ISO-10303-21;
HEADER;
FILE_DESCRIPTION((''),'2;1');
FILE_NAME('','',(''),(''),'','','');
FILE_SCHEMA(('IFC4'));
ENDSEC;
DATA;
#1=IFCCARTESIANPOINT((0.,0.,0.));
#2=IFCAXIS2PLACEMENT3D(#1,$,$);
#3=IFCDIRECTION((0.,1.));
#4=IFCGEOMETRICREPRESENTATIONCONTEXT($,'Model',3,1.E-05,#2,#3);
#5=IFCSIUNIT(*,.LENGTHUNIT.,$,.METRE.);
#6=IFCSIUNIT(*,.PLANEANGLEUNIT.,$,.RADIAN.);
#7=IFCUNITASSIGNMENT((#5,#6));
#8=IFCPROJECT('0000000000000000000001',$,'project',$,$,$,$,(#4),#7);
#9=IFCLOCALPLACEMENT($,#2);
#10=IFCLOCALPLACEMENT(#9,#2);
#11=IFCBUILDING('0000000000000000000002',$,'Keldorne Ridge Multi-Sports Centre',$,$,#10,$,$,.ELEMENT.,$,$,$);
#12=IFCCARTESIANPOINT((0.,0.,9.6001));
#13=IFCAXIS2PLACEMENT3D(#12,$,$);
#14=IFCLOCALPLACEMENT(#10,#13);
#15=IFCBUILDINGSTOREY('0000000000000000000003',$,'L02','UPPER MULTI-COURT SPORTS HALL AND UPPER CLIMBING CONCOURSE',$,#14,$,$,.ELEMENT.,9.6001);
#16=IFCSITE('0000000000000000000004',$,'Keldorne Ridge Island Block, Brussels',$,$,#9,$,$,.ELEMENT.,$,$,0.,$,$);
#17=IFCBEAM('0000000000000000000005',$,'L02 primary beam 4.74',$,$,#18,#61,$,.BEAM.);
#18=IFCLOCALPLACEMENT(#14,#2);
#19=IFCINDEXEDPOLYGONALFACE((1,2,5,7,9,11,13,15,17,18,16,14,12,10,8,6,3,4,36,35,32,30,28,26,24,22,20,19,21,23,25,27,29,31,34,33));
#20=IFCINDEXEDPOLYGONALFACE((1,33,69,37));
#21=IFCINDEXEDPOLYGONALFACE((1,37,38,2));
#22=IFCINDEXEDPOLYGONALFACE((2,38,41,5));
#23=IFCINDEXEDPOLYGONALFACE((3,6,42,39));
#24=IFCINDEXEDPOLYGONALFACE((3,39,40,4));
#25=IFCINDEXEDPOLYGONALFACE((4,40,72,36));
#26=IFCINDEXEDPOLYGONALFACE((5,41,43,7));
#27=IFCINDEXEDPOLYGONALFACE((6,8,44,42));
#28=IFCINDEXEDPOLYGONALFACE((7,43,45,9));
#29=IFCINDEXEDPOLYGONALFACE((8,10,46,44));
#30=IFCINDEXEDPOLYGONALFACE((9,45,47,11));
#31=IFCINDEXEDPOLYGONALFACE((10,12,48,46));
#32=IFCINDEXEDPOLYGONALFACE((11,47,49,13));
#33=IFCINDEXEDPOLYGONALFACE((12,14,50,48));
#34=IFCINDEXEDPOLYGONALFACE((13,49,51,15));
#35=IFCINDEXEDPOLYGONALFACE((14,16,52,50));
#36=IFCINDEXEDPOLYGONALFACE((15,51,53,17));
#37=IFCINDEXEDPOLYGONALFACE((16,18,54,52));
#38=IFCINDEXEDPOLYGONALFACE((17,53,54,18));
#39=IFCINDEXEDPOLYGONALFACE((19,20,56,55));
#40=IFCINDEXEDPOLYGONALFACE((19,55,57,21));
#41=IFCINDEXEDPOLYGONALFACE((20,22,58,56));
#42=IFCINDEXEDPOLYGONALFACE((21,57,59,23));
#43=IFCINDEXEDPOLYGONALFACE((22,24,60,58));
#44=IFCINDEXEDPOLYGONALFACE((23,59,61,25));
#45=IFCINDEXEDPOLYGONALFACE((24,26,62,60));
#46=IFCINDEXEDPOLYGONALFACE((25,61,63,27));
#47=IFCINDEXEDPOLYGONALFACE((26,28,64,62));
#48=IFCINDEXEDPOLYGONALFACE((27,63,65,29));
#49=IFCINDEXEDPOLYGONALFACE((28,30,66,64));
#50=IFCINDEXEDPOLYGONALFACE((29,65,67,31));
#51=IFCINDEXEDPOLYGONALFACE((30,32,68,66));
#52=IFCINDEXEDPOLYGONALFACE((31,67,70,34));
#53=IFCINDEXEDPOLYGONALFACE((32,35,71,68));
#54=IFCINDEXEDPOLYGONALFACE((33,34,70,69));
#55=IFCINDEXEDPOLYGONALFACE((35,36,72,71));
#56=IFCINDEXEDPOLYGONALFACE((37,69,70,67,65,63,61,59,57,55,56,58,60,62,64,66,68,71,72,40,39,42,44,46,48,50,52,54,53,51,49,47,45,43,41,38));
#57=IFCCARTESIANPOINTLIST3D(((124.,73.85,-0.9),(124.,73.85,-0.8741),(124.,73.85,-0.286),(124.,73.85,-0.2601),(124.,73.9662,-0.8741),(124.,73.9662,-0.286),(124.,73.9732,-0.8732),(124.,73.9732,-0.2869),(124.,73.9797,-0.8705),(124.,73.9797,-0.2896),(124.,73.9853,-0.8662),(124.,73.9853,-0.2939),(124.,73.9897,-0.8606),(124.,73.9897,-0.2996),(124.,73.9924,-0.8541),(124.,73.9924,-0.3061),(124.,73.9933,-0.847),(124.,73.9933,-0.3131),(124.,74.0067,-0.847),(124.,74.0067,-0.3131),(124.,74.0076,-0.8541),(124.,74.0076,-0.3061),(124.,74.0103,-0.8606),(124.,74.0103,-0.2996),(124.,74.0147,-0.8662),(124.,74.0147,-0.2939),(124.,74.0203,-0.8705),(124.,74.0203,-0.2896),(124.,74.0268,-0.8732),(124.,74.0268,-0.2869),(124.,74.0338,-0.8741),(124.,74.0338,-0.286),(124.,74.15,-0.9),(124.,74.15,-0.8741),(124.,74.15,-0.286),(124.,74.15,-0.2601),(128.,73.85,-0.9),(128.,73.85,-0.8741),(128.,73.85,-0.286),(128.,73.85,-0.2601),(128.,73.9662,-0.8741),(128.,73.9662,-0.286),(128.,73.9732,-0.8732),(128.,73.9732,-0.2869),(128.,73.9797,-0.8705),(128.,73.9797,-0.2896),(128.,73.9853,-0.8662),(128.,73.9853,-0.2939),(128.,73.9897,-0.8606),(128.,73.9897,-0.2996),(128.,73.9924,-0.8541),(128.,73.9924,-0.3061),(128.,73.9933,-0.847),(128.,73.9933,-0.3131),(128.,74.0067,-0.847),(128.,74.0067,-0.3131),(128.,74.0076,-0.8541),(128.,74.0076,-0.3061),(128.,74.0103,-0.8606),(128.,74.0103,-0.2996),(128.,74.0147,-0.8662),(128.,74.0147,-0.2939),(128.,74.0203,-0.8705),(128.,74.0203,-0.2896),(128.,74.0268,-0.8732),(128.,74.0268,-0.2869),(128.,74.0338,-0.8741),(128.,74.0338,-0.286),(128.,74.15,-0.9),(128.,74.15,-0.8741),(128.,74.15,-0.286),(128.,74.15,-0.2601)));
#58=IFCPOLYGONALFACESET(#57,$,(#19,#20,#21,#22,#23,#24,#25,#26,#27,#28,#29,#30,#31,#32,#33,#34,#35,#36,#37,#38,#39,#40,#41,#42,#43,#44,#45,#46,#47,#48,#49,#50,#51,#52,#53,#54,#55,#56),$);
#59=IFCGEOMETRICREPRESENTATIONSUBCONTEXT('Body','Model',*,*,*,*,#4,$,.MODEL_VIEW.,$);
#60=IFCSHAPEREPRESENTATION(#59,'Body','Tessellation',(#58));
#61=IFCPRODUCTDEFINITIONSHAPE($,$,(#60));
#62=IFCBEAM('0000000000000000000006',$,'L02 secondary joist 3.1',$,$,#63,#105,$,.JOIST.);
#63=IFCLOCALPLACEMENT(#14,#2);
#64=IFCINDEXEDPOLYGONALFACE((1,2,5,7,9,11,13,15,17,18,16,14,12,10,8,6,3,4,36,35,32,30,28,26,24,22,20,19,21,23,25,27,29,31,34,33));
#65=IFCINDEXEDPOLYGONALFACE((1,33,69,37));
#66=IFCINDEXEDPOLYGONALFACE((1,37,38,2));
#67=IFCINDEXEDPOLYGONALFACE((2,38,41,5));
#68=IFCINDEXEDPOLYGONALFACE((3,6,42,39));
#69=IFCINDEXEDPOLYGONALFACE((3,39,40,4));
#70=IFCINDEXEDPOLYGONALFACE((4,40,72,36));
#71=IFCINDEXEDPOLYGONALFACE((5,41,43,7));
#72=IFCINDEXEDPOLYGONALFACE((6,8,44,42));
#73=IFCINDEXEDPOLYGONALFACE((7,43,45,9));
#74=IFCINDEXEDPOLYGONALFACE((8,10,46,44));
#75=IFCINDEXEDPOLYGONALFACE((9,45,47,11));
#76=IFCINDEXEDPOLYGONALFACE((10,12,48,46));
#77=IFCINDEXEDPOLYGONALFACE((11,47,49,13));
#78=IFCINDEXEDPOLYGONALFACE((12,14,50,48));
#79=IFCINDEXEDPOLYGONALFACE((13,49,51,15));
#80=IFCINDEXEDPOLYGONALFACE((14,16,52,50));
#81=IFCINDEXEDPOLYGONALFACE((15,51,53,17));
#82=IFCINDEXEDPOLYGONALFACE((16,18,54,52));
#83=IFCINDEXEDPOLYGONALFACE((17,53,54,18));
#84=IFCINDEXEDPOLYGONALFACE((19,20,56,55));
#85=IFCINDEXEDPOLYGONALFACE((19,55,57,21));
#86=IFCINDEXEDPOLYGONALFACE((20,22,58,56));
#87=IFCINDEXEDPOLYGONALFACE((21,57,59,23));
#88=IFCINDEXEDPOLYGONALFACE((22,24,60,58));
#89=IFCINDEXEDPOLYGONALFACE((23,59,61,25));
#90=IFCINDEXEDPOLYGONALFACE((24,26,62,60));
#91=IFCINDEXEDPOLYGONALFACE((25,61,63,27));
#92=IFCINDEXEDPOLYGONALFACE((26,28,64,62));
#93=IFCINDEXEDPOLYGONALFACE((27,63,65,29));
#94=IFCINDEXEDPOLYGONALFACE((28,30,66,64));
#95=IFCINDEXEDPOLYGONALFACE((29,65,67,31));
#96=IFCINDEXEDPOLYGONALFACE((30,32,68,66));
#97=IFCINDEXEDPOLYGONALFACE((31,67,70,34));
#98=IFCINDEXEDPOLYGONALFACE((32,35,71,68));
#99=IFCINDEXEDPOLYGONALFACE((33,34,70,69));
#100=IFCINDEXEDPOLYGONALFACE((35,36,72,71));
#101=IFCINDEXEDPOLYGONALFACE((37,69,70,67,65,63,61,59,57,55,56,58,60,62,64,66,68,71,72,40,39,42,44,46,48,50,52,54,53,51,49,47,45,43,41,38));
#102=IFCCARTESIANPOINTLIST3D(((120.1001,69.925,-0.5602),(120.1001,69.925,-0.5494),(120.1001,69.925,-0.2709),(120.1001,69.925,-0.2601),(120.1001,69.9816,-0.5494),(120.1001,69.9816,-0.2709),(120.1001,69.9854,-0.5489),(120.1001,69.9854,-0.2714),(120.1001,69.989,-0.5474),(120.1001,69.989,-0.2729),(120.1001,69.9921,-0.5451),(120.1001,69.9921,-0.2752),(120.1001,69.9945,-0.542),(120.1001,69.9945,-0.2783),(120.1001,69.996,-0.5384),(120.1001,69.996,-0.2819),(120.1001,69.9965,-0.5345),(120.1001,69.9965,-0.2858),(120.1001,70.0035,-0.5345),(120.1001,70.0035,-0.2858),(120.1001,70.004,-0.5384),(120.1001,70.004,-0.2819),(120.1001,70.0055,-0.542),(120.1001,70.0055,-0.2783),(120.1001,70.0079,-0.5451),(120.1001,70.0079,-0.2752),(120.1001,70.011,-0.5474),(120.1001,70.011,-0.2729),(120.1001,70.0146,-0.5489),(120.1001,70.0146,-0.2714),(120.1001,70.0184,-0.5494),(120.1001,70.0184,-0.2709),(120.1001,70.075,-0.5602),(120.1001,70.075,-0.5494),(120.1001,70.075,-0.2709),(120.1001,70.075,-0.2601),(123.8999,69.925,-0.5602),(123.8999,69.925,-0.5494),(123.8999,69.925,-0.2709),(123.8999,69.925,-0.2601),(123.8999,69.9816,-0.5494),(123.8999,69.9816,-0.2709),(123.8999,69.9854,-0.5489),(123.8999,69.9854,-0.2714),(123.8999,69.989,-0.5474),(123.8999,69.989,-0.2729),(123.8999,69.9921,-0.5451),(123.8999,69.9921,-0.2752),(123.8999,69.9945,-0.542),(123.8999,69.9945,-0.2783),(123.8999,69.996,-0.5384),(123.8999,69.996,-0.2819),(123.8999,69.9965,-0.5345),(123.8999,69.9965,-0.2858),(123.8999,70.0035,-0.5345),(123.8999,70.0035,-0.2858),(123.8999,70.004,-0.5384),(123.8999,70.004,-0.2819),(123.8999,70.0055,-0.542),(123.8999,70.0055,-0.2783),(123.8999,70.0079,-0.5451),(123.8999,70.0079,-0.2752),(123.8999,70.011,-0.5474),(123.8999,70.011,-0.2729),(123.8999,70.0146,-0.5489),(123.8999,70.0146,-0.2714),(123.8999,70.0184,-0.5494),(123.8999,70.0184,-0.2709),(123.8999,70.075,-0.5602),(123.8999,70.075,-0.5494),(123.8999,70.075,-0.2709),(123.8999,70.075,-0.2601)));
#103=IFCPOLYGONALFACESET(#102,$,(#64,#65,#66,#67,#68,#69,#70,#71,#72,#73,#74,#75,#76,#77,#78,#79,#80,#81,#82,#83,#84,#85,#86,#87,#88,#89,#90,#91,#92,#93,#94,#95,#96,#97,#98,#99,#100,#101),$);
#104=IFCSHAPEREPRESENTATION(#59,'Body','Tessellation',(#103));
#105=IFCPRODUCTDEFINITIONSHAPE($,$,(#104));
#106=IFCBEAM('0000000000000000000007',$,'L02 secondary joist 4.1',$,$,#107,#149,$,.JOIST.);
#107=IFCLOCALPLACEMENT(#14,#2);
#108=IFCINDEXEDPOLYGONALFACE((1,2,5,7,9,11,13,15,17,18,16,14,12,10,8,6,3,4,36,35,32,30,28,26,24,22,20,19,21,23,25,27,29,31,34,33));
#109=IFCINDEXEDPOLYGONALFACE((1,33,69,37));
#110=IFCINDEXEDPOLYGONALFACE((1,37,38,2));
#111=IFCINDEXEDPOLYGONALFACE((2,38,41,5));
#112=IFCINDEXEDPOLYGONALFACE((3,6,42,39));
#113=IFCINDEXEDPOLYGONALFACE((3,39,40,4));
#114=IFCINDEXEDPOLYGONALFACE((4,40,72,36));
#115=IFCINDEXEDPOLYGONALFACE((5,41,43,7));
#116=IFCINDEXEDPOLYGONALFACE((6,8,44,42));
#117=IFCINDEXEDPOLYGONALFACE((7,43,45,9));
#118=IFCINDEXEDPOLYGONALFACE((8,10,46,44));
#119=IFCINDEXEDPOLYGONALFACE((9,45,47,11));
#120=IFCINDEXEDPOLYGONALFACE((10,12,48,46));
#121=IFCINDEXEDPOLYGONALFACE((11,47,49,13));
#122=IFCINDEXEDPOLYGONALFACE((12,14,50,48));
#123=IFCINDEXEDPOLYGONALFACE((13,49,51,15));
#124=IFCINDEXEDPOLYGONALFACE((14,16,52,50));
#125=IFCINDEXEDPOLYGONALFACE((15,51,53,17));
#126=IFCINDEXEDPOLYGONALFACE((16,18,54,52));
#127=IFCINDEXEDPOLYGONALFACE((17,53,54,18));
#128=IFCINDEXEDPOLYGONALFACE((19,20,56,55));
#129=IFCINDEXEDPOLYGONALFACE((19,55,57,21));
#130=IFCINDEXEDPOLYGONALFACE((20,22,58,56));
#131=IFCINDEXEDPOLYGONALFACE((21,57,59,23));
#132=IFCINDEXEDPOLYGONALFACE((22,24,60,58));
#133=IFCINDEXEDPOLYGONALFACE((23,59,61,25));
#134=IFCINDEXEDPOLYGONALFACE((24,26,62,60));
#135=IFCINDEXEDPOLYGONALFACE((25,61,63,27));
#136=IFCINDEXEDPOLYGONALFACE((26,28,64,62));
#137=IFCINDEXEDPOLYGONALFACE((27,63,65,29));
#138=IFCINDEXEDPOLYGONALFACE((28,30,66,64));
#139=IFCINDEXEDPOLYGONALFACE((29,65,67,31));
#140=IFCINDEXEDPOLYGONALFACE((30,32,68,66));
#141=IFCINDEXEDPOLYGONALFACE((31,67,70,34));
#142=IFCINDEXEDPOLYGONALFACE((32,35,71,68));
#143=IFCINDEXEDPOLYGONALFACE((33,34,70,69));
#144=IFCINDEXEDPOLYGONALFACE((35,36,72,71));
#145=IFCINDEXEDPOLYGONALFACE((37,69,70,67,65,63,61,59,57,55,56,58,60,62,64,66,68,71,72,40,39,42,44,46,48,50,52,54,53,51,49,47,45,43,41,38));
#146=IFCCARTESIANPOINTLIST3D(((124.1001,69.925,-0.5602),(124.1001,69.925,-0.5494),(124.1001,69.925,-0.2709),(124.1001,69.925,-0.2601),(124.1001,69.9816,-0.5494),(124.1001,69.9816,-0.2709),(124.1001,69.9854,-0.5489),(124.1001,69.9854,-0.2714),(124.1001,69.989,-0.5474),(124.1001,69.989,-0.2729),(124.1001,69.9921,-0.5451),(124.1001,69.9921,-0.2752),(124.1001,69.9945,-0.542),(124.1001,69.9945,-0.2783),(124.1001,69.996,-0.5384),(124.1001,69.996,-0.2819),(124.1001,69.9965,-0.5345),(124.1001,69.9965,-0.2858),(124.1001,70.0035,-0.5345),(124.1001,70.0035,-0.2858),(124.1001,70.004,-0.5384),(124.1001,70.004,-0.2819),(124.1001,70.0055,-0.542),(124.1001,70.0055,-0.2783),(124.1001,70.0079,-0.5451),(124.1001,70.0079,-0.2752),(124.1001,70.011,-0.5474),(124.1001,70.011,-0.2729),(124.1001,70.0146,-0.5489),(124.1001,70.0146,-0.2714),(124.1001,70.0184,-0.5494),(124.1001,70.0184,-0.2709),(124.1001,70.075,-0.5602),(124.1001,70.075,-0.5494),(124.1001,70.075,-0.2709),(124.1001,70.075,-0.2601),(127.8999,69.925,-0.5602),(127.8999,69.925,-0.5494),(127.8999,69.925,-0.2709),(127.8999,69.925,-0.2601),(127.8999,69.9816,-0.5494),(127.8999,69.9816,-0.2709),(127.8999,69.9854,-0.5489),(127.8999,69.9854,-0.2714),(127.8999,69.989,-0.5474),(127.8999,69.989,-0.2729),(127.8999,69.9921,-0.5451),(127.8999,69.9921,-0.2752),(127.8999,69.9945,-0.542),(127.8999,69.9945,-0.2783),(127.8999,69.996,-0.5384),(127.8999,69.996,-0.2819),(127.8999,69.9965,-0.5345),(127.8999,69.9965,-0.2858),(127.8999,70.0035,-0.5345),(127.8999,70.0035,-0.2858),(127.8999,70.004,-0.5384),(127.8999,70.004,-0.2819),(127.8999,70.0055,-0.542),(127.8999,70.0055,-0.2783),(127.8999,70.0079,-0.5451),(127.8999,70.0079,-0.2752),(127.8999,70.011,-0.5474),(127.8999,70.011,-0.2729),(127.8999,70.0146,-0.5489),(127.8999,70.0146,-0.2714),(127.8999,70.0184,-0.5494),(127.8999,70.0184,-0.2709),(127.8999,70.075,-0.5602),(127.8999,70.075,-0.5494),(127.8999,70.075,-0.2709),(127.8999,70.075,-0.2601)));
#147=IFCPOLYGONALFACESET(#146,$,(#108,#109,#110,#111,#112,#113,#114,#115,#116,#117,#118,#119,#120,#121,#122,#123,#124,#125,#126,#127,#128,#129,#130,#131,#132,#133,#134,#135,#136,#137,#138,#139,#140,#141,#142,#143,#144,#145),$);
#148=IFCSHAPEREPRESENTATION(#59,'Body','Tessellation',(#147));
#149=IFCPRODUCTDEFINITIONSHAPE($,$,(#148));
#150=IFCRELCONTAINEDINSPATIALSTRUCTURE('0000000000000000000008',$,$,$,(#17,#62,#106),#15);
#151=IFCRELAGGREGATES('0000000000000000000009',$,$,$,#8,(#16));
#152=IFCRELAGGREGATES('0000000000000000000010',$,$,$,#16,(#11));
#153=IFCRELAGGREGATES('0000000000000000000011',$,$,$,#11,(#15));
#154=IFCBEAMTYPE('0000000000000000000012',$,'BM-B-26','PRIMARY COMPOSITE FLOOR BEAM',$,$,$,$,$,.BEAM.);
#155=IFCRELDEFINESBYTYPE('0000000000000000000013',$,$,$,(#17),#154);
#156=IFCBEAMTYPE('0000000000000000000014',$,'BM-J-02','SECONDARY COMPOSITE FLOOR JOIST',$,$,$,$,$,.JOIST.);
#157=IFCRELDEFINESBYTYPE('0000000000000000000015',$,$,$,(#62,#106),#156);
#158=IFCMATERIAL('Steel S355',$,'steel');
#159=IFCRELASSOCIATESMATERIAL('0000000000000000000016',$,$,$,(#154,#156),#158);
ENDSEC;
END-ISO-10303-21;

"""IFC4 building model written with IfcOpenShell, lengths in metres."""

from ifc_helpers import new_model, si_unit, direction, frame, origin, origin_2d, place, context, subcontext, project, spatial, i_section, extrude, material, material_profile, profile_set, type_object, element, save


model = new_model("IFC4")

# Units and contexts
model_context = context("Model", 3, precision=1e-05, world=origin(), true_north=direction((0.0, 1.0)))
body_context = subcontext(model_context, "Body", "Model", "MODEL_VIEW")
ifc_project = project(units=[si_unit("LENGTHUNIT", "METRE"), si_unit("PLANEANGLEUNIT", "RADIAN")], contexts=[model_context])

# Site, building, storey
site_placement = place(None, origin())
site = spatial("IfcSite", under=ifc_project, at=site_placement, Name="Keldorne Ridge Island Block, Brussels", CompositionType="ELEMENT", RefElevation=0.0)
building_placement = place(site_placement, origin())
building = spatial("IfcBuilding", under=site, at=building_placement, Name="Keldorne Ridge Multi-Sports Centre", CompositionType="ELEMENT")
storey_placement = place(building_placement, frame((0.0, 0.0, 9.6001)))
storey = spatial("IfcBuildingStorey", under=building, at=storey_placement, Name="L02", Description="UPPER MULTI-COURT SPORTS HALL AND UPPER CLIMBING CONCOURSE", CompositionType="ELEMENT", Elevation=9.6001)

# Shared definitions
ifc_material_1 = material(Name="Steel S355", Category="steel")

# Beams
ifc_material_profile_1 = material_profile(ifc_material_1, i_section(OverallWidth=0.3, OverallDepth=0.6399, WebThickness=0.0134, FlangeThickness=0.0259, FilletRadius=0.0271, at=origin_2d()), Name="HEA 650")
ifc_profile_set_1 = profile_set([ifc_material_profile_1], Name="Steel S355")
beam_type_1 = type_object("IfcBeamType", Name="BM-B-26", Description="PRIMARY COMPOSITE FLOOR BEAM", PredefinedType="BEAM", material=ifc_profile_set_1)
for number, where, z_axis, x_axis, name in (
    (1, (124.0, 74.0, -0.5801), (1.0, 0.0, 0.0), (0.0, 1.0, 0.0), "L02 primary beam 4.74"),
):
    element("IfcBeam", number, at=place(storey_placement, frame(where, z_axis=z_axis, x_axis=x_axis)), inside=storey, type_object=beam_type_1, Name=name, PredefinedType="BEAM", context=body_context, shape_type="SweptSolid", body=[
        extrude(i_section(OverallWidth=0.3, OverallDepth=0.6399, WebThickness=0.0134, FlangeThickness=0.0259, FilletRadius=0.0271, at=origin_2d()), origin(), (0.0, 0.0, 1.0), 4.0),
    ])
ifc_material_profile_2 = material_profile(ifc_material_1, i_section(OverallWidth=0.1499, OverallDepth=0.3, WebThickness=0.0071, FlangeThickness=0.0107, FilletRadius=0.0149, at=origin_2d()), Name="IPE 300")
ifc_profile_set_2 = profile_set([ifc_material_profile_2], Name="Steel S355")
beam_type_2 = type_object("IfcBeamType", Name="BM-J-02", Description="SECONDARY COMPOSITE FLOOR JOIST", PredefinedType="JOIST", material=ifc_profile_set_2)
for number, where, z_axis, x_axis, name in (
    (2, (120.1001, 70.0, -0.4102), (1.0, 0.0, 0.0), (0.0, 1.0, 0.0), "L02 secondary joist 3.1"),
    (3, (124.1001, 70.0, -0.4102), (1.0, 0.0, 0.0), (0.0, 1.0, 0.0), "L02 secondary joist 4.1"),
):
    element("IfcBeam", number, at=place(storey_placement, frame(where, z_axis=z_axis, x_axis=x_axis)), inside=storey, type_object=beam_type_2, Name=name, PredefinedType="JOIST", context=body_context, shape_type="SweptSolid", body=[
        extrude(i_section(OverallWidth=0.1499, OverallDepth=0.3, WebThickness=0.0071, FlangeThickness=0.0107, FilletRadius=0.0149, at=origin_2d()), origin(), (0.0, 0.0, 1.0), 3.7998),
    ])

save(model, "model.ifc")
